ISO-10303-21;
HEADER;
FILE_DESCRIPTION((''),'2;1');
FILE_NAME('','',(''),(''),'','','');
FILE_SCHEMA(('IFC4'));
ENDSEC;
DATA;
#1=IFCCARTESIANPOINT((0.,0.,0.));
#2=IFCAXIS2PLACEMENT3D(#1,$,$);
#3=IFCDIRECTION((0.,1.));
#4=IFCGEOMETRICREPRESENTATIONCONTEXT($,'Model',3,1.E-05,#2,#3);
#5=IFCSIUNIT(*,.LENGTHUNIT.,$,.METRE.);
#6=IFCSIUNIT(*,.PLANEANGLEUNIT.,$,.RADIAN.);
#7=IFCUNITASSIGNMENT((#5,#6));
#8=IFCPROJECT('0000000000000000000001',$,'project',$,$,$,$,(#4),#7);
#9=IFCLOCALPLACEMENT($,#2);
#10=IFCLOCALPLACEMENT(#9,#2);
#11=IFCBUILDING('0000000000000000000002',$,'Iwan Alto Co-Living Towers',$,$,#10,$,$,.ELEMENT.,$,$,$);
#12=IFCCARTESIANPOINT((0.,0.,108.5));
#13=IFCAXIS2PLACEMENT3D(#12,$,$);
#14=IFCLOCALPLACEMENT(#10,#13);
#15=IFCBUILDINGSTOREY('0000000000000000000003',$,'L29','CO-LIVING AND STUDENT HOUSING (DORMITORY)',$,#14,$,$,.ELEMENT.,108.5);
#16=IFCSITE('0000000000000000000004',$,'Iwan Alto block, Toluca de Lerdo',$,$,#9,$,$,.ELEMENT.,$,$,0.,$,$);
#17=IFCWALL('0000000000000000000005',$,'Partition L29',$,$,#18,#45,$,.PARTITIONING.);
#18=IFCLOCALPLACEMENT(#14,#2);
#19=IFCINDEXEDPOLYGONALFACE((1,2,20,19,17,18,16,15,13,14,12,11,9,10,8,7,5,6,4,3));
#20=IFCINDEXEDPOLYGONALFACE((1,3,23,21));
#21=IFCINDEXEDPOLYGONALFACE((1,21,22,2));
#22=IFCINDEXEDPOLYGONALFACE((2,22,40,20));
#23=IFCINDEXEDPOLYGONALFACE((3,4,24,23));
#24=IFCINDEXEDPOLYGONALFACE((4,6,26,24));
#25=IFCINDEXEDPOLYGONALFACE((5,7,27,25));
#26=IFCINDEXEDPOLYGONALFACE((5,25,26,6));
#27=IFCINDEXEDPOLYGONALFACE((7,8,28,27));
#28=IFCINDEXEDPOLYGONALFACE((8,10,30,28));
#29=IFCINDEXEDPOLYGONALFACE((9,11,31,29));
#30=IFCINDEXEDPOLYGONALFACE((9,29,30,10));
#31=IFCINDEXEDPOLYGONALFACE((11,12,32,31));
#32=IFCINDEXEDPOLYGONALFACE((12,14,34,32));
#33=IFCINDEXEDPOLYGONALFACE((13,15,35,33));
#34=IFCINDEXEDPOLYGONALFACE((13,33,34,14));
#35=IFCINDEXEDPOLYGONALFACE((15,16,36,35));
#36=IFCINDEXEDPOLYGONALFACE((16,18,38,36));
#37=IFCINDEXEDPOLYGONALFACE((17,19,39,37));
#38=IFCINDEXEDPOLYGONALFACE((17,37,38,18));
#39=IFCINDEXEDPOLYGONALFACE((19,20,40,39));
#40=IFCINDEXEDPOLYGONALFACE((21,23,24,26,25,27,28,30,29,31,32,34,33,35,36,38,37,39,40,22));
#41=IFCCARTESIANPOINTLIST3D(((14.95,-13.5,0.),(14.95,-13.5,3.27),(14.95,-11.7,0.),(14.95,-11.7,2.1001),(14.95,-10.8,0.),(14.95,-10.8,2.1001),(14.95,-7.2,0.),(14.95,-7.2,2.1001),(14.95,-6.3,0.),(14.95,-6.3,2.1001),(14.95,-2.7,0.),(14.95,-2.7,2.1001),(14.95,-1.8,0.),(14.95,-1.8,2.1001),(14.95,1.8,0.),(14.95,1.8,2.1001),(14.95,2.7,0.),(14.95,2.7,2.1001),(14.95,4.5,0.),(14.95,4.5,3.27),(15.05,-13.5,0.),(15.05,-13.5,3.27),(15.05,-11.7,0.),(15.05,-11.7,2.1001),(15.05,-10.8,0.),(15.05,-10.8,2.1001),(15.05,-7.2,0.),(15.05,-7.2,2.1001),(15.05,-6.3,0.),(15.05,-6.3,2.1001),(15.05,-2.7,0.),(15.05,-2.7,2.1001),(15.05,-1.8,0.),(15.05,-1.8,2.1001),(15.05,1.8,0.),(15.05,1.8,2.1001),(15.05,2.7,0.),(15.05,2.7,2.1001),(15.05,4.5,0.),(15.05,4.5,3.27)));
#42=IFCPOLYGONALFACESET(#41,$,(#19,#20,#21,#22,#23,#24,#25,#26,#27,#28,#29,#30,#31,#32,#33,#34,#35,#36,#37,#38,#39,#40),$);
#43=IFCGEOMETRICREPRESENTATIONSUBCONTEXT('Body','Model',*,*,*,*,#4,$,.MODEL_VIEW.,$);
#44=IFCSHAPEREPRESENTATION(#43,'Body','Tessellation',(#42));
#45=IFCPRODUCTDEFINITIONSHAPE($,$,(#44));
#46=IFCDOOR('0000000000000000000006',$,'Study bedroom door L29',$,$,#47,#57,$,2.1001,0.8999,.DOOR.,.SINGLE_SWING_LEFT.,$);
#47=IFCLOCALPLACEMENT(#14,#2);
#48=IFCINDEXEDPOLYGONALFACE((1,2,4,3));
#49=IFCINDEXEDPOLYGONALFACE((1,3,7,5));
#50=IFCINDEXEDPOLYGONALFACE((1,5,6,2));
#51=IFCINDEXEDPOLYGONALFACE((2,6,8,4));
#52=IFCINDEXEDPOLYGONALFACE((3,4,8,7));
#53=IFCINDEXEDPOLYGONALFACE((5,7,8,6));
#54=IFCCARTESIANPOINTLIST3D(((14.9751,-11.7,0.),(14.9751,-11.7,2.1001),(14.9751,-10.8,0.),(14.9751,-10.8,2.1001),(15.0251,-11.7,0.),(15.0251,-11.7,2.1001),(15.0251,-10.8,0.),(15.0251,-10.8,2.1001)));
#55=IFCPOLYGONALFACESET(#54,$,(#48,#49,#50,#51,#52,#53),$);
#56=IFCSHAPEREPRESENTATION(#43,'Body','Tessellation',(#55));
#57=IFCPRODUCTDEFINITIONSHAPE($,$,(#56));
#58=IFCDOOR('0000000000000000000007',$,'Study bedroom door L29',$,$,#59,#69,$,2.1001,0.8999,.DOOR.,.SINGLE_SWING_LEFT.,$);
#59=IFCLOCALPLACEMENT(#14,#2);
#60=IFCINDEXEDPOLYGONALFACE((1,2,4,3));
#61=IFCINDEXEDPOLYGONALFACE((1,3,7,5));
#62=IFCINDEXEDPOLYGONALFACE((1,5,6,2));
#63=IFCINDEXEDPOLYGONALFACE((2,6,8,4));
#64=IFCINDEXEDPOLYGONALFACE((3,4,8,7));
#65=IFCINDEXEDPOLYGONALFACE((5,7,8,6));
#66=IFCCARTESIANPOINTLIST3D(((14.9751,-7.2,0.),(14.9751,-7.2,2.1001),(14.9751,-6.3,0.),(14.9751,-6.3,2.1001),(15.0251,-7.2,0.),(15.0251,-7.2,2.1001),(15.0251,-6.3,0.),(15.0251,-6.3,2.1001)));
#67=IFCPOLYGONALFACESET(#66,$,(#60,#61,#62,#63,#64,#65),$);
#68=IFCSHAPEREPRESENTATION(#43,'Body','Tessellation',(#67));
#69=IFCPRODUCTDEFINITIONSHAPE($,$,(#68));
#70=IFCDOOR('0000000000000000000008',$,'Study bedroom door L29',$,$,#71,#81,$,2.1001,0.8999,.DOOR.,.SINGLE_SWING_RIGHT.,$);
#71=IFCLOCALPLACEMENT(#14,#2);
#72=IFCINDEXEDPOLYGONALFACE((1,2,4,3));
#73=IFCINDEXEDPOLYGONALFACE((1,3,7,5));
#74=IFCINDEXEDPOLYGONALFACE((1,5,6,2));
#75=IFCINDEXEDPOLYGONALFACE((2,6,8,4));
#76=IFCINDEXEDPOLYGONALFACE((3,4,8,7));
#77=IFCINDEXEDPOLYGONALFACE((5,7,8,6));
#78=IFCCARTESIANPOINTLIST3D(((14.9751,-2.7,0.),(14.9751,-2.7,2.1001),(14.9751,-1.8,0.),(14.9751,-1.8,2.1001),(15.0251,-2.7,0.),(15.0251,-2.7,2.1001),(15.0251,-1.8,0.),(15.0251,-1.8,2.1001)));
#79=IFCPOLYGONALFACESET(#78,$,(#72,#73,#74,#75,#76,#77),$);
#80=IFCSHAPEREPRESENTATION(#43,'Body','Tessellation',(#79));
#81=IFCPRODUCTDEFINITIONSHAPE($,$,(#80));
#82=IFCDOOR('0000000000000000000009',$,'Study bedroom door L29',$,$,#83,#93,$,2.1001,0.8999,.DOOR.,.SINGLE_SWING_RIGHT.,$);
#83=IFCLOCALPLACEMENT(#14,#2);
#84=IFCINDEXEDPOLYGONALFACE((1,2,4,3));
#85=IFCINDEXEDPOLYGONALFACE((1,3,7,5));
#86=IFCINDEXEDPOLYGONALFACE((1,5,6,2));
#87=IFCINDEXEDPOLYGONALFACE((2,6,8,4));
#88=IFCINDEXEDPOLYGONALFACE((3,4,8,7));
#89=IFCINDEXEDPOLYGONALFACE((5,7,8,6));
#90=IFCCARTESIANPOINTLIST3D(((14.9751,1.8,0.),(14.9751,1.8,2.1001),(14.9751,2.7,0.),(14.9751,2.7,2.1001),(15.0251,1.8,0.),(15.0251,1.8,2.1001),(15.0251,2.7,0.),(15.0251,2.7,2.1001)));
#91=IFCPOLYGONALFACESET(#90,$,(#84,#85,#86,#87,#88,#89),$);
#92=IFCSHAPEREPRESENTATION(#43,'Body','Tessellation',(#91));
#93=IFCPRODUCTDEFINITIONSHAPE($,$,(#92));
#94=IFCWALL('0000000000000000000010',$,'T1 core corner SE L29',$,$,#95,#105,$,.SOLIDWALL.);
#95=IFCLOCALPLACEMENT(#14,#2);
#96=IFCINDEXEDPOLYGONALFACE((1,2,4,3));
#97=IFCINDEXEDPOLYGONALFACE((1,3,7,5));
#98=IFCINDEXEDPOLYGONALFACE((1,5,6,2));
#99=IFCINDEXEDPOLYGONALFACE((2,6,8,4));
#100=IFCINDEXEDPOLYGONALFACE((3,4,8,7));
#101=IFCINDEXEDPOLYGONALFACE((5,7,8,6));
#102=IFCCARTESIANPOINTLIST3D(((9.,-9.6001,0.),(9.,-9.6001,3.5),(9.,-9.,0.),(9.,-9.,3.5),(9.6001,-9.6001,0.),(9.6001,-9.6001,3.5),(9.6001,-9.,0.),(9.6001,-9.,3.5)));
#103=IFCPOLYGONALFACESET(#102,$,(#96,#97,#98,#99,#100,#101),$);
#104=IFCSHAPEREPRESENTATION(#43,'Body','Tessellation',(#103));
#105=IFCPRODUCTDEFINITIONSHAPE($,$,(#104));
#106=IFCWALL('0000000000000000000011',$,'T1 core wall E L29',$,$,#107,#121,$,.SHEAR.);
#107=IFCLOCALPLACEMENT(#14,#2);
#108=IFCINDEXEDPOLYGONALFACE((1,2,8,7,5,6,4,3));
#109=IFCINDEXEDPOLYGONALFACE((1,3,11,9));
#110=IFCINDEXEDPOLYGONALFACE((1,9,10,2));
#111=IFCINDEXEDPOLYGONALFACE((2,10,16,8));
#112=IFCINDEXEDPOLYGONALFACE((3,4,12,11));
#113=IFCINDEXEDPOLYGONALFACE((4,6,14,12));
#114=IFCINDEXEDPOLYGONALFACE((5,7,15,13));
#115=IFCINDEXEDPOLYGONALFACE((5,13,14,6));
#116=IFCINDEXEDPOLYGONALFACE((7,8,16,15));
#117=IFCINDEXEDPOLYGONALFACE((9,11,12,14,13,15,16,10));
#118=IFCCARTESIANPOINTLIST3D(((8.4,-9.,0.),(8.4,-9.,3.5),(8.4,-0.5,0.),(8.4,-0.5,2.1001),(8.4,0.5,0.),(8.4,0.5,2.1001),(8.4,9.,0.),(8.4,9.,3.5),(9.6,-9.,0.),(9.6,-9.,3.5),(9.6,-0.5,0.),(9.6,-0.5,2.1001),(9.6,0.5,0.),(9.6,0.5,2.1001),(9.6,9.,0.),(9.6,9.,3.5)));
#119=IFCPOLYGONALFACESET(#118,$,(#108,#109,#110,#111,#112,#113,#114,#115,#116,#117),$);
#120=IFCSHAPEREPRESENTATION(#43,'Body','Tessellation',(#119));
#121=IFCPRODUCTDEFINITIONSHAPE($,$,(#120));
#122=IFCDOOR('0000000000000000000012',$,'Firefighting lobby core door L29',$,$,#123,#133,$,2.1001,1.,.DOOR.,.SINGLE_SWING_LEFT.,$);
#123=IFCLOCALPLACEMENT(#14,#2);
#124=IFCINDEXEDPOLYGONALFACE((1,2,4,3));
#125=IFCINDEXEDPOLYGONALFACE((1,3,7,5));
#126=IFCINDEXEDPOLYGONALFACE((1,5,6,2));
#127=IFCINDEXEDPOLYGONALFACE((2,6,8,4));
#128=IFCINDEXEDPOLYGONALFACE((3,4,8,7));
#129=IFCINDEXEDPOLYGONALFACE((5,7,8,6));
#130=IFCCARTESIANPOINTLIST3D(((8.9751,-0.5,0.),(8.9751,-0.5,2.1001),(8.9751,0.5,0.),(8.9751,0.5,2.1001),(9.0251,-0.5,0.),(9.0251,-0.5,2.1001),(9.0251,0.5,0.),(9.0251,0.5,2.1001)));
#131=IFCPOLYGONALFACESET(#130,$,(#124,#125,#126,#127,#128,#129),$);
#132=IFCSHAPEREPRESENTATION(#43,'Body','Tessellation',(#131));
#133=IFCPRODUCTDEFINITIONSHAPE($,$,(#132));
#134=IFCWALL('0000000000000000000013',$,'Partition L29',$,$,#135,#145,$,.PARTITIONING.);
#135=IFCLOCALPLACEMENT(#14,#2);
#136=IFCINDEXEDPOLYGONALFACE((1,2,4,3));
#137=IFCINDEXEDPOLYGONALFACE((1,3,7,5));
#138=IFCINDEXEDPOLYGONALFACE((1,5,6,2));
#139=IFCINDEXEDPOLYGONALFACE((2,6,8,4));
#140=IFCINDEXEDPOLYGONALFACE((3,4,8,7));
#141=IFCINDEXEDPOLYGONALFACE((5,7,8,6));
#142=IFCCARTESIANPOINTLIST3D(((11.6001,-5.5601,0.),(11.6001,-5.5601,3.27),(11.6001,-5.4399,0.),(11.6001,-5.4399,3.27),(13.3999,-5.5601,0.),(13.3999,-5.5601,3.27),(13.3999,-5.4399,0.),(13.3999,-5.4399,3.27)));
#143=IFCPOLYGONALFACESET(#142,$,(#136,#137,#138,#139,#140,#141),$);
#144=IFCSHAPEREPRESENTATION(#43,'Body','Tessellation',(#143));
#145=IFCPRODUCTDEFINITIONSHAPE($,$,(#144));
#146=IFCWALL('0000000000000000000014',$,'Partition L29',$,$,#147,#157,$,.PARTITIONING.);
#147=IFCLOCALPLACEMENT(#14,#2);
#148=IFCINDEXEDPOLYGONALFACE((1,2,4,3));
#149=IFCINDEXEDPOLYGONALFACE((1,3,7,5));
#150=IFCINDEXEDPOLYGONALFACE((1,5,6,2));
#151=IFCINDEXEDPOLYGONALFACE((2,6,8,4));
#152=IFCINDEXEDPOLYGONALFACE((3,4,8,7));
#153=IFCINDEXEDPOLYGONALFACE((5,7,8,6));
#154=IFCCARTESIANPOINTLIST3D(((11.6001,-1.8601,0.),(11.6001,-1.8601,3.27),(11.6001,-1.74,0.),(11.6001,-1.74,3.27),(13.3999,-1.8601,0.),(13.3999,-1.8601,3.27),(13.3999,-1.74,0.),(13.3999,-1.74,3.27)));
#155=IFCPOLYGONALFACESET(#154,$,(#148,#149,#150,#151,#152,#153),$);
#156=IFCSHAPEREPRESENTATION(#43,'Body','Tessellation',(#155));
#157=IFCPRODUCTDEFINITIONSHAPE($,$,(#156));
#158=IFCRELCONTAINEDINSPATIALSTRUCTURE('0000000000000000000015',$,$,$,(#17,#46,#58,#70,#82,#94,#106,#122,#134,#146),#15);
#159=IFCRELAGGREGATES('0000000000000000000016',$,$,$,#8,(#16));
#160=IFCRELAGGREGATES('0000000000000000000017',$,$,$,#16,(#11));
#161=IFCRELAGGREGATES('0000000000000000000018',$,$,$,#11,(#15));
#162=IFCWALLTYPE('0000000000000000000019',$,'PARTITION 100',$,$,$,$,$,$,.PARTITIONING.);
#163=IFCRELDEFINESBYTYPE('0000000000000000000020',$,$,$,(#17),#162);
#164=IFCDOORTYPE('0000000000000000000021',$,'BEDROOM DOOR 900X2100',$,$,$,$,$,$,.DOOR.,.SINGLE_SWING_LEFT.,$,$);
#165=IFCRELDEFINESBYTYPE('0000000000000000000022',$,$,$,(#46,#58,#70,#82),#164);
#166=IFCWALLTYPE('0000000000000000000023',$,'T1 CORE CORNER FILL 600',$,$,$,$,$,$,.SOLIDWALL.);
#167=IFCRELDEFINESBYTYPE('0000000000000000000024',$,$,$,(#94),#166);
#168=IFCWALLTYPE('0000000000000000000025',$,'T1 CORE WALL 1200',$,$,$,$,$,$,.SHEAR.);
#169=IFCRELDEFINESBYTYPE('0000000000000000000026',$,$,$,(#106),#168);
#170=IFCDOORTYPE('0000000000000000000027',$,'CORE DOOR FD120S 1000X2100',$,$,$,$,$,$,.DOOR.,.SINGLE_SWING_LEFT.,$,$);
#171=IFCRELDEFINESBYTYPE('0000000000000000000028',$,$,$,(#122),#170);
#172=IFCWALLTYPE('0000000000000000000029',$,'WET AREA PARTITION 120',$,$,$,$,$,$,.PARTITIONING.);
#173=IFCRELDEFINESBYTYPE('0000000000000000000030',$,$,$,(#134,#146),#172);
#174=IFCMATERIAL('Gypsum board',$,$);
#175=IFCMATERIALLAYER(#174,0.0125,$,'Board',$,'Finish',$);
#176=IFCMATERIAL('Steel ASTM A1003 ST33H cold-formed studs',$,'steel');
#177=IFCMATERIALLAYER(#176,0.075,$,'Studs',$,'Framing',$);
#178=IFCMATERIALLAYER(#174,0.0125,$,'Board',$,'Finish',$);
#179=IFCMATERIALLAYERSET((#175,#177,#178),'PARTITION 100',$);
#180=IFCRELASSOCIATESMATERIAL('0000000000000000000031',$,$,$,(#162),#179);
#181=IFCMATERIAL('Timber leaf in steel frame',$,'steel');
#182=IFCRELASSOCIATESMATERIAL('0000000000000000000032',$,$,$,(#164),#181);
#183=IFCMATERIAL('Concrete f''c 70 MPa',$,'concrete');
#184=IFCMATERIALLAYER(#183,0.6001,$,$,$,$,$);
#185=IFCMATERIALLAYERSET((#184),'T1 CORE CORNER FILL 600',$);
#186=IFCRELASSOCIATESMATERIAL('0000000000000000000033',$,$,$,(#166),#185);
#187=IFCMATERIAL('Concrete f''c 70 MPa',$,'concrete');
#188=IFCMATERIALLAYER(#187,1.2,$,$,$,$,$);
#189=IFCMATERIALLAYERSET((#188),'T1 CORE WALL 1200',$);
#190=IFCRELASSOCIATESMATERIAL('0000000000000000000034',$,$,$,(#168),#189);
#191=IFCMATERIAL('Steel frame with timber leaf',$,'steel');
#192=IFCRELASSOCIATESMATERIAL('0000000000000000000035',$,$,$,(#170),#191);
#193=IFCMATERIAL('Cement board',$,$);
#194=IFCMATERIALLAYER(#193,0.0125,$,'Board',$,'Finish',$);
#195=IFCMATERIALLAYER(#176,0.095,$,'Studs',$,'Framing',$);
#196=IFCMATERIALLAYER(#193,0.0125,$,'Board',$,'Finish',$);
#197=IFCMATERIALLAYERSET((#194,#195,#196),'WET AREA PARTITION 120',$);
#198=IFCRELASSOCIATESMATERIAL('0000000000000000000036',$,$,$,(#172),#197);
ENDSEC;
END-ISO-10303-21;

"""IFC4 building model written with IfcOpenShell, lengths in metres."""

from ifc_helpers import new_model, si_unit, direction, frame, frame_2d, origin, place, context, subcontext, project, spatial, rectangle, extrude, material, layer, layer_set, type_object, element, fill, save


model = new_model("IFC4")

# Units and contexts
model_context = context("Model", 3, precision=1e-05, world=origin(), true_north=direction((0.0, 1.0)))
body_context = subcontext(model_context, "Body", "Model", "MODEL_VIEW")
ifc_project = project(units=[si_unit("LENGTHUNIT", "METRE"), si_unit("PLANEANGLEUNIT", "RADIAN")], contexts=[model_context])

# Site, building, storey
site_placement = place(None, origin())
site = spatial("IfcSite", under=ifc_project, at=site_placement, Name="Iwan Alto block, Toluca de Lerdo", CompositionType="ELEMENT", RefElevation=0.0)
building_placement = place(site_placement, origin())
building = spatial("IfcBuilding", under=site, at=building_placement, Name="Iwan Alto Co-Living Towers", CompositionType="ELEMENT")
storey_placement = place(building_placement, frame((0.0, 0.0, 108.5)))
storey = spatial("IfcBuildingStorey", under=building, at=storey_placement, Name="L29", Description="CO-LIVING AND STUDENT HOUSING (DORMITORY)", CompositionType="ELEMENT", Elevation=108.5)

# Shared definitions
ifc_material_1 = material(Name="Gypsum board")
ifc_material_2 = material(Name="Steel ASTM A1003 ST33H cold-formed studs", Category="steel")

# Shared definitions
ifc_layer_1 = layer(ifc_material_1, 0.0125, Name="Board", Category="Finish")
ifc_layer_2 = layer(ifc_material_2, 0.075, Name="Studs", Category="Framing")
ifc_layer_3 = layer(ifc_material_1, 0.0125, Name="Board", Category="Finish")
ifc_layer_set_1 = layer_set([ifc_layer_1, ifc_layer_2, ifc_layer_3], Name="PARTITION 100")
wall_type_1 = type_object("IfcWallType", Name="PARTITION 100", PredefinedType="PARTITIONING", material=ifc_layer_set_1)

# Wall, openings, doors
wall_1_placement = place(storey_placement, frame((15.0, -13.5, 0.0), z_axis=(0.0, 0.0, 1.0), x_axis=(0.0, 1.0, 0.0)))
wall_1 = element("IfcWall", 1, at=wall_1_placement, inside=storey, type_object=wall_type_1, Name="Partition L29", PredefinedType="PARTITIONING", context=body_context, shape_type="SweptSolid", body=[
    extrude(rectangle(XDim=18.0, YDim=0.1001, at=frame_2d((9.0, 0.0))), origin(), (0.0, 0.0, 1.0), 3.27),
])
opening_1_placement = place(wall_1_placement, frame((1.8, 0.0, 0.0)))
opening_1 = element("IfcOpeningElement", 2, at=opening_1_placement, cuts=wall_1, PredefinedType="OPENING", context=body_context, shape_type="SweptSolid", body=[
    extrude(rectangle(XDim=0.8999, YDim=2.1001, at=frame_2d((0.45, 1.05))), frame((0.0, 0.0601, 0.0), z_axis=(0.0, -1.0, 0.0), x_axis=(1.0, 0.0, 0.0)), (0.0, 0.0, 1.0), 0.1201),
])
opening_2_placement = place(wall_1_placement, frame((6.3, 0.0, 0.0)))
opening_2 = element("IfcOpeningElement", 3, at=opening_2_placement, cuts=wall_1, PredefinedType="OPENING", context=body_context, shape_type="SweptSolid", body=[
    extrude(rectangle(XDim=0.8999, YDim=2.1001, at=frame_2d((0.45, 1.05))), frame((0.0, 0.0601, 0.0), z_axis=(0.0, -1.0, 0.0), x_axis=(1.0, 0.0, 0.0)), (0.0, 0.0, 1.0), 0.1201),
])
opening_3_placement = place(wall_1_placement, frame((10.8, 0.0, 0.0)))
opening_3 = element("IfcOpeningElement", 4, at=opening_3_placement, cuts=wall_1, PredefinedType="OPENING", context=body_context, shape_type="SweptSolid", body=[
    extrude(rectangle(XDim=0.8999, YDim=2.1001, at=frame_2d((0.45, 1.05))), frame((0.0, 0.0601, 0.0), z_axis=(0.0, -1.0, 0.0), x_axis=(1.0, 0.0, 0.0)), (0.0, 0.0, 1.0), 0.1201),
])
opening_4_placement = place(wall_1_placement, frame((15.3, 0.0, 0.0)))
opening_4 = element("IfcOpeningElement", 5, at=opening_4_placement, cuts=wall_1, PredefinedType="OPENING", context=body_context, shape_type="SweptSolid", body=[
    extrude(rectangle(XDim=0.8999, YDim=2.1001, at=frame_2d((0.45, 1.05))), frame((0.0, 0.0601, 0.0), z_axis=(0.0, -1.0, 0.0), x_axis=(1.0, 0.0, 0.0)), (0.0, 0.0, 1.0), 0.1201),
])
ifc_material_3 = material(Name="Timber leaf in steel frame", Category="steel")
door_type_1 = type_object("IfcDoorType", Name="BEDROOM DOOR 900X2100", OperationType="SINGLE_SWING_LEFT", PredefinedType="DOOR", material=ifc_material_3)
door_1_placement = place(opening_1_placement, origin())
door_1 = element("IfcDoor", 6, at=door_1_placement, inside=storey, type_object=door_type_1, Name="Study bedroom door L29", OperationType="SINGLE_SWING_LEFT", OverallHeight=2.1001, OverallWidth=0.8999, PredefinedType="DOOR", context=body_context, shape_type="SweptSolid", body=[
    extrude(rectangle(XDim=0.8999, YDim=2.1001, at=frame_2d((0.45, 1.05))), frame((0.0, 0.0249, 0.0), z_axis=(0.0, -1.0, 0.0), x_axis=(1.0, 0.0, 0.0)), (0.0, 0.0, 1.0), 0.05),
])
fill(opening_1, door_1)
door_2_placement = place(opening_2_placement, origin())
door_2 = element("IfcDoor", 7, at=door_2_placement, inside=storey, type_object=door_type_1, Name="Study bedroom door L29", OperationType="SINGLE_SWING_LEFT", OverallHeight=2.1001, OverallWidth=0.8999, PredefinedType="DOOR", context=body_context, shape_type="SweptSolid", body=[
    extrude(rectangle(XDim=0.8999, YDim=2.1001, at=frame_2d((0.45, 1.05))), frame((0.0, 0.0249, 0.0), z_axis=(0.0, -1.0, 0.0), x_axis=(1.0, 0.0, 0.0)), (0.0, 0.0, 1.0), 0.05),
])
fill(opening_2, door_2)
door_3_placement = place(opening_3_placement, origin())
door_3 = element("IfcDoor", 8, at=door_3_placement, inside=storey, type_object=door_type_1, Name="Study bedroom door L29", OperationType="SINGLE_SWING_RIGHT", OverallHeight=2.1001, OverallWidth=0.8999, PredefinedType="DOOR", context=body_context, shape_type="SweptSolid", body=[
    extrude(rectangle(XDim=0.8999, YDim=2.1001, at=frame_2d((0.45, 1.05))), frame((0.0, 0.0249, 0.0), z_axis=(0.0, -1.0, 0.0), x_axis=(1.0, 0.0, 0.0)), (0.0, 0.0, 1.0), 0.05),
])
fill(opening_3, door_3)
door_4_placement = place(opening_4_placement, origin())
door_4 = element("IfcDoor", 9, at=door_4_placement, inside=storey, type_object=door_type_1, Name="Study bedroom door L29", OperationType="SINGLE_SWING_RIGHT", OverallHeight=2.1001, OverallWidth=0.8999, PredefinedType="DOOR", context=body_context, shape_type="SweptSolid", body=[
    extrude(rectangle(XDim=0.8999, YDim=2.1001, at=frame_2d((0.45, 1.05))), frame((0.0, 0.0249, 0.0), z_axis=(0.0, -1.0, 0.0), x_axis=(1.0, 0.0, 0.0)), (0.0, 0.0, 1.0), 0.05),
])
fill(opening_4, door_4)

# Wall
ifc_material_4 = material(Name="Concrete f'c 70 MPa", Category="concrete")
ifc_layer_4 = layer(ifc_material_4, 0.6001)
ifc_layer_set_2 = layer_set([ifc_layer_4], Name="T1 CORE CORNER FILL 600")
wall_type_2 = type_object("IfcWallType", Name="T1 CORE CORNER FILL 600", PredefinedType="SOLIDWALL", material=ifc_layer_set_2)
wall_2_placement = place(storey_placement, frame((9.0, -9.3, 0.0), z_axis=(0.0, 0.0, 1.0), x_axis=(1.0, 0.0, 0.0)))
element("IfcWall", 10, at=wall_2_placement, inside=storey, type_object=wall_type_2, Name="T1 core corner SE L29", PredefinedType="SOLIDWALL", context=body_context, shape_type="SweptSolid", body=[
    extrude(rectangle(XDim=0.6001, YDim=0.6001, at=frame_2d((0.3, 0.0))), origin(), (0.0, 0.0, 1.0), 3.5),
])

# Wall, opening, door
ifc_material_5 = material(Name="Concrete f'c 70 MPa", Category="concrete")
ifc_layer_5 = layer(ifc_material_5, 1.2)
ifc_layer_set_3 = layer_set([ifc_layer_5], Name="T1 CORE WALL 1200")
wall_type_3 = type_object("IfcWallType", Name="T1 CORE WALL 1200", PredefinedType="SHEAR", material=ifc_layer_set_3)
wall_3_placement = place(storey_placement, frame((9.0, -9.0, 0.0), z_axis=(0.0, 0.0, 1.0), x_axis=(0.0, 1.0, 0.0)))
wall_3 = element("IfcWall", 11, at=wall_3_placement, inside=storey, type_object=wall_type_3, Name="T1 core wall E L29", PredefinedType="SHEAR", context=body_context, shape_type="SweptSolid", body=[
    extrude(rectangle(XDim=18.0, YDim=1.2, at=frame_2d((9.0, 0.0))), origin(), (0.0, 0.0, 1.0), 3.5),
])
opening_5_placement = place(wall_3_placement, frame((8.5, 0.0, 0.0)))
opening_5 = element("IfcOpeningElement", 12, at=opening_5_placement, cuts=wall_3, PredefinedType="OPENING", context=body_context, shape_type="SweptSolid", body=[
    extrude(rectangle(XDim=1.0, YDim=2.1001, at=frame_2d((0.5, 1.05))), frame((0.0, 0.6099, 0.0), z_axis=(0.0, -1.0, 0.0), x_axis=(1.0, 0.0, 0.0)), (0.0, 0.0, 1.0), 1.22),
])
ifc_material_6 = material(Name="Steel frame with timber leaf", Category="steel")
door_type_2 = type_object("IfcDoorType", Name="CORE DOOR FD120S 1000X2100", OperationType="SINGLE_SWING_LEFT", PredefinedType="DOOR", material=ifc_material_6)
door_5_placement = place(opening_5_placement, origin())
door_5 = element("IfcDoor", 13, at=door_5_placement, inside=storey, type_object=door_type_2, Name="Firefighting lobby core door L29", OperationType="SINGLE_SWING_LEFT", OverallHeight=2.1001, OverallWidth=1.0, PredefinedType="DOOR", context=body_context, shape_type="SweptSolid", body=[
    extrude(rectangle(XDim=1.0, YDim=2.1001, at=frame_2d((0.5, 1.05))), frame((0.0, 0.0249, 0.0), z_axis=(0.0, -1.0, 0.0), x_axis=(1.0, 0.0, 0.0)), (0.0, 0.0, 1.0), 0.05),
])
fill(opening_5, door_5)

# Walls
ifc_material_7 = material(Name="Cement board")
ifc_layer_6 = layer(ifc_material_7, 0.0125, Name="Board", Category="Finish")
ifc_layer_7 = layer(ifc_material_2, 0.095, Name="Studs", Category="Framing")
ifc_layer_8 = layer(ifc_material_7, 0.0125, Name="Board", Category="Finish")
ifc_layer_set_4 = layer_set([ifc_layer_6, ifc_layer_7, ifc_layer_8], Name="WET AREA PARTITION 120")
wall_type_4 = type_object("IfcWallType", Name="WET AREA PARTITION 120", PredefinedType="PARTITIONING", material=ifc_layer_set_4)
for number, where, z_axis, x_axis, name in (
    (14, (11.6001, -5.5, 0.0), (0.0, 0.0, 1.0), (1.0, 0.0, 0.0), "Partition L29"),
    (15, (11.6001, -1.8, 0.0), (0.0, 0.0, 1.0), (1.0, 0.0, 0.0), "Partition L29"),
):
    element("IfcWall", number, at=place(storey_placement, frame(where, z_axis=z_axis, x_axis=x_axis)), inside=storey, type_object=wall_type_4, Name=name, PredefinedType="PARTITIONING", context=body_context, shape_type="SweptSolid", body=[
        extrude(rectangle(XDim=1.7998, YDim=0.1201, at=frame_2d((0.8999, 0.0))), origin(), (0.0, 0.0, 1.0), 3.27),
    ])

save(model, "model.ifc")
